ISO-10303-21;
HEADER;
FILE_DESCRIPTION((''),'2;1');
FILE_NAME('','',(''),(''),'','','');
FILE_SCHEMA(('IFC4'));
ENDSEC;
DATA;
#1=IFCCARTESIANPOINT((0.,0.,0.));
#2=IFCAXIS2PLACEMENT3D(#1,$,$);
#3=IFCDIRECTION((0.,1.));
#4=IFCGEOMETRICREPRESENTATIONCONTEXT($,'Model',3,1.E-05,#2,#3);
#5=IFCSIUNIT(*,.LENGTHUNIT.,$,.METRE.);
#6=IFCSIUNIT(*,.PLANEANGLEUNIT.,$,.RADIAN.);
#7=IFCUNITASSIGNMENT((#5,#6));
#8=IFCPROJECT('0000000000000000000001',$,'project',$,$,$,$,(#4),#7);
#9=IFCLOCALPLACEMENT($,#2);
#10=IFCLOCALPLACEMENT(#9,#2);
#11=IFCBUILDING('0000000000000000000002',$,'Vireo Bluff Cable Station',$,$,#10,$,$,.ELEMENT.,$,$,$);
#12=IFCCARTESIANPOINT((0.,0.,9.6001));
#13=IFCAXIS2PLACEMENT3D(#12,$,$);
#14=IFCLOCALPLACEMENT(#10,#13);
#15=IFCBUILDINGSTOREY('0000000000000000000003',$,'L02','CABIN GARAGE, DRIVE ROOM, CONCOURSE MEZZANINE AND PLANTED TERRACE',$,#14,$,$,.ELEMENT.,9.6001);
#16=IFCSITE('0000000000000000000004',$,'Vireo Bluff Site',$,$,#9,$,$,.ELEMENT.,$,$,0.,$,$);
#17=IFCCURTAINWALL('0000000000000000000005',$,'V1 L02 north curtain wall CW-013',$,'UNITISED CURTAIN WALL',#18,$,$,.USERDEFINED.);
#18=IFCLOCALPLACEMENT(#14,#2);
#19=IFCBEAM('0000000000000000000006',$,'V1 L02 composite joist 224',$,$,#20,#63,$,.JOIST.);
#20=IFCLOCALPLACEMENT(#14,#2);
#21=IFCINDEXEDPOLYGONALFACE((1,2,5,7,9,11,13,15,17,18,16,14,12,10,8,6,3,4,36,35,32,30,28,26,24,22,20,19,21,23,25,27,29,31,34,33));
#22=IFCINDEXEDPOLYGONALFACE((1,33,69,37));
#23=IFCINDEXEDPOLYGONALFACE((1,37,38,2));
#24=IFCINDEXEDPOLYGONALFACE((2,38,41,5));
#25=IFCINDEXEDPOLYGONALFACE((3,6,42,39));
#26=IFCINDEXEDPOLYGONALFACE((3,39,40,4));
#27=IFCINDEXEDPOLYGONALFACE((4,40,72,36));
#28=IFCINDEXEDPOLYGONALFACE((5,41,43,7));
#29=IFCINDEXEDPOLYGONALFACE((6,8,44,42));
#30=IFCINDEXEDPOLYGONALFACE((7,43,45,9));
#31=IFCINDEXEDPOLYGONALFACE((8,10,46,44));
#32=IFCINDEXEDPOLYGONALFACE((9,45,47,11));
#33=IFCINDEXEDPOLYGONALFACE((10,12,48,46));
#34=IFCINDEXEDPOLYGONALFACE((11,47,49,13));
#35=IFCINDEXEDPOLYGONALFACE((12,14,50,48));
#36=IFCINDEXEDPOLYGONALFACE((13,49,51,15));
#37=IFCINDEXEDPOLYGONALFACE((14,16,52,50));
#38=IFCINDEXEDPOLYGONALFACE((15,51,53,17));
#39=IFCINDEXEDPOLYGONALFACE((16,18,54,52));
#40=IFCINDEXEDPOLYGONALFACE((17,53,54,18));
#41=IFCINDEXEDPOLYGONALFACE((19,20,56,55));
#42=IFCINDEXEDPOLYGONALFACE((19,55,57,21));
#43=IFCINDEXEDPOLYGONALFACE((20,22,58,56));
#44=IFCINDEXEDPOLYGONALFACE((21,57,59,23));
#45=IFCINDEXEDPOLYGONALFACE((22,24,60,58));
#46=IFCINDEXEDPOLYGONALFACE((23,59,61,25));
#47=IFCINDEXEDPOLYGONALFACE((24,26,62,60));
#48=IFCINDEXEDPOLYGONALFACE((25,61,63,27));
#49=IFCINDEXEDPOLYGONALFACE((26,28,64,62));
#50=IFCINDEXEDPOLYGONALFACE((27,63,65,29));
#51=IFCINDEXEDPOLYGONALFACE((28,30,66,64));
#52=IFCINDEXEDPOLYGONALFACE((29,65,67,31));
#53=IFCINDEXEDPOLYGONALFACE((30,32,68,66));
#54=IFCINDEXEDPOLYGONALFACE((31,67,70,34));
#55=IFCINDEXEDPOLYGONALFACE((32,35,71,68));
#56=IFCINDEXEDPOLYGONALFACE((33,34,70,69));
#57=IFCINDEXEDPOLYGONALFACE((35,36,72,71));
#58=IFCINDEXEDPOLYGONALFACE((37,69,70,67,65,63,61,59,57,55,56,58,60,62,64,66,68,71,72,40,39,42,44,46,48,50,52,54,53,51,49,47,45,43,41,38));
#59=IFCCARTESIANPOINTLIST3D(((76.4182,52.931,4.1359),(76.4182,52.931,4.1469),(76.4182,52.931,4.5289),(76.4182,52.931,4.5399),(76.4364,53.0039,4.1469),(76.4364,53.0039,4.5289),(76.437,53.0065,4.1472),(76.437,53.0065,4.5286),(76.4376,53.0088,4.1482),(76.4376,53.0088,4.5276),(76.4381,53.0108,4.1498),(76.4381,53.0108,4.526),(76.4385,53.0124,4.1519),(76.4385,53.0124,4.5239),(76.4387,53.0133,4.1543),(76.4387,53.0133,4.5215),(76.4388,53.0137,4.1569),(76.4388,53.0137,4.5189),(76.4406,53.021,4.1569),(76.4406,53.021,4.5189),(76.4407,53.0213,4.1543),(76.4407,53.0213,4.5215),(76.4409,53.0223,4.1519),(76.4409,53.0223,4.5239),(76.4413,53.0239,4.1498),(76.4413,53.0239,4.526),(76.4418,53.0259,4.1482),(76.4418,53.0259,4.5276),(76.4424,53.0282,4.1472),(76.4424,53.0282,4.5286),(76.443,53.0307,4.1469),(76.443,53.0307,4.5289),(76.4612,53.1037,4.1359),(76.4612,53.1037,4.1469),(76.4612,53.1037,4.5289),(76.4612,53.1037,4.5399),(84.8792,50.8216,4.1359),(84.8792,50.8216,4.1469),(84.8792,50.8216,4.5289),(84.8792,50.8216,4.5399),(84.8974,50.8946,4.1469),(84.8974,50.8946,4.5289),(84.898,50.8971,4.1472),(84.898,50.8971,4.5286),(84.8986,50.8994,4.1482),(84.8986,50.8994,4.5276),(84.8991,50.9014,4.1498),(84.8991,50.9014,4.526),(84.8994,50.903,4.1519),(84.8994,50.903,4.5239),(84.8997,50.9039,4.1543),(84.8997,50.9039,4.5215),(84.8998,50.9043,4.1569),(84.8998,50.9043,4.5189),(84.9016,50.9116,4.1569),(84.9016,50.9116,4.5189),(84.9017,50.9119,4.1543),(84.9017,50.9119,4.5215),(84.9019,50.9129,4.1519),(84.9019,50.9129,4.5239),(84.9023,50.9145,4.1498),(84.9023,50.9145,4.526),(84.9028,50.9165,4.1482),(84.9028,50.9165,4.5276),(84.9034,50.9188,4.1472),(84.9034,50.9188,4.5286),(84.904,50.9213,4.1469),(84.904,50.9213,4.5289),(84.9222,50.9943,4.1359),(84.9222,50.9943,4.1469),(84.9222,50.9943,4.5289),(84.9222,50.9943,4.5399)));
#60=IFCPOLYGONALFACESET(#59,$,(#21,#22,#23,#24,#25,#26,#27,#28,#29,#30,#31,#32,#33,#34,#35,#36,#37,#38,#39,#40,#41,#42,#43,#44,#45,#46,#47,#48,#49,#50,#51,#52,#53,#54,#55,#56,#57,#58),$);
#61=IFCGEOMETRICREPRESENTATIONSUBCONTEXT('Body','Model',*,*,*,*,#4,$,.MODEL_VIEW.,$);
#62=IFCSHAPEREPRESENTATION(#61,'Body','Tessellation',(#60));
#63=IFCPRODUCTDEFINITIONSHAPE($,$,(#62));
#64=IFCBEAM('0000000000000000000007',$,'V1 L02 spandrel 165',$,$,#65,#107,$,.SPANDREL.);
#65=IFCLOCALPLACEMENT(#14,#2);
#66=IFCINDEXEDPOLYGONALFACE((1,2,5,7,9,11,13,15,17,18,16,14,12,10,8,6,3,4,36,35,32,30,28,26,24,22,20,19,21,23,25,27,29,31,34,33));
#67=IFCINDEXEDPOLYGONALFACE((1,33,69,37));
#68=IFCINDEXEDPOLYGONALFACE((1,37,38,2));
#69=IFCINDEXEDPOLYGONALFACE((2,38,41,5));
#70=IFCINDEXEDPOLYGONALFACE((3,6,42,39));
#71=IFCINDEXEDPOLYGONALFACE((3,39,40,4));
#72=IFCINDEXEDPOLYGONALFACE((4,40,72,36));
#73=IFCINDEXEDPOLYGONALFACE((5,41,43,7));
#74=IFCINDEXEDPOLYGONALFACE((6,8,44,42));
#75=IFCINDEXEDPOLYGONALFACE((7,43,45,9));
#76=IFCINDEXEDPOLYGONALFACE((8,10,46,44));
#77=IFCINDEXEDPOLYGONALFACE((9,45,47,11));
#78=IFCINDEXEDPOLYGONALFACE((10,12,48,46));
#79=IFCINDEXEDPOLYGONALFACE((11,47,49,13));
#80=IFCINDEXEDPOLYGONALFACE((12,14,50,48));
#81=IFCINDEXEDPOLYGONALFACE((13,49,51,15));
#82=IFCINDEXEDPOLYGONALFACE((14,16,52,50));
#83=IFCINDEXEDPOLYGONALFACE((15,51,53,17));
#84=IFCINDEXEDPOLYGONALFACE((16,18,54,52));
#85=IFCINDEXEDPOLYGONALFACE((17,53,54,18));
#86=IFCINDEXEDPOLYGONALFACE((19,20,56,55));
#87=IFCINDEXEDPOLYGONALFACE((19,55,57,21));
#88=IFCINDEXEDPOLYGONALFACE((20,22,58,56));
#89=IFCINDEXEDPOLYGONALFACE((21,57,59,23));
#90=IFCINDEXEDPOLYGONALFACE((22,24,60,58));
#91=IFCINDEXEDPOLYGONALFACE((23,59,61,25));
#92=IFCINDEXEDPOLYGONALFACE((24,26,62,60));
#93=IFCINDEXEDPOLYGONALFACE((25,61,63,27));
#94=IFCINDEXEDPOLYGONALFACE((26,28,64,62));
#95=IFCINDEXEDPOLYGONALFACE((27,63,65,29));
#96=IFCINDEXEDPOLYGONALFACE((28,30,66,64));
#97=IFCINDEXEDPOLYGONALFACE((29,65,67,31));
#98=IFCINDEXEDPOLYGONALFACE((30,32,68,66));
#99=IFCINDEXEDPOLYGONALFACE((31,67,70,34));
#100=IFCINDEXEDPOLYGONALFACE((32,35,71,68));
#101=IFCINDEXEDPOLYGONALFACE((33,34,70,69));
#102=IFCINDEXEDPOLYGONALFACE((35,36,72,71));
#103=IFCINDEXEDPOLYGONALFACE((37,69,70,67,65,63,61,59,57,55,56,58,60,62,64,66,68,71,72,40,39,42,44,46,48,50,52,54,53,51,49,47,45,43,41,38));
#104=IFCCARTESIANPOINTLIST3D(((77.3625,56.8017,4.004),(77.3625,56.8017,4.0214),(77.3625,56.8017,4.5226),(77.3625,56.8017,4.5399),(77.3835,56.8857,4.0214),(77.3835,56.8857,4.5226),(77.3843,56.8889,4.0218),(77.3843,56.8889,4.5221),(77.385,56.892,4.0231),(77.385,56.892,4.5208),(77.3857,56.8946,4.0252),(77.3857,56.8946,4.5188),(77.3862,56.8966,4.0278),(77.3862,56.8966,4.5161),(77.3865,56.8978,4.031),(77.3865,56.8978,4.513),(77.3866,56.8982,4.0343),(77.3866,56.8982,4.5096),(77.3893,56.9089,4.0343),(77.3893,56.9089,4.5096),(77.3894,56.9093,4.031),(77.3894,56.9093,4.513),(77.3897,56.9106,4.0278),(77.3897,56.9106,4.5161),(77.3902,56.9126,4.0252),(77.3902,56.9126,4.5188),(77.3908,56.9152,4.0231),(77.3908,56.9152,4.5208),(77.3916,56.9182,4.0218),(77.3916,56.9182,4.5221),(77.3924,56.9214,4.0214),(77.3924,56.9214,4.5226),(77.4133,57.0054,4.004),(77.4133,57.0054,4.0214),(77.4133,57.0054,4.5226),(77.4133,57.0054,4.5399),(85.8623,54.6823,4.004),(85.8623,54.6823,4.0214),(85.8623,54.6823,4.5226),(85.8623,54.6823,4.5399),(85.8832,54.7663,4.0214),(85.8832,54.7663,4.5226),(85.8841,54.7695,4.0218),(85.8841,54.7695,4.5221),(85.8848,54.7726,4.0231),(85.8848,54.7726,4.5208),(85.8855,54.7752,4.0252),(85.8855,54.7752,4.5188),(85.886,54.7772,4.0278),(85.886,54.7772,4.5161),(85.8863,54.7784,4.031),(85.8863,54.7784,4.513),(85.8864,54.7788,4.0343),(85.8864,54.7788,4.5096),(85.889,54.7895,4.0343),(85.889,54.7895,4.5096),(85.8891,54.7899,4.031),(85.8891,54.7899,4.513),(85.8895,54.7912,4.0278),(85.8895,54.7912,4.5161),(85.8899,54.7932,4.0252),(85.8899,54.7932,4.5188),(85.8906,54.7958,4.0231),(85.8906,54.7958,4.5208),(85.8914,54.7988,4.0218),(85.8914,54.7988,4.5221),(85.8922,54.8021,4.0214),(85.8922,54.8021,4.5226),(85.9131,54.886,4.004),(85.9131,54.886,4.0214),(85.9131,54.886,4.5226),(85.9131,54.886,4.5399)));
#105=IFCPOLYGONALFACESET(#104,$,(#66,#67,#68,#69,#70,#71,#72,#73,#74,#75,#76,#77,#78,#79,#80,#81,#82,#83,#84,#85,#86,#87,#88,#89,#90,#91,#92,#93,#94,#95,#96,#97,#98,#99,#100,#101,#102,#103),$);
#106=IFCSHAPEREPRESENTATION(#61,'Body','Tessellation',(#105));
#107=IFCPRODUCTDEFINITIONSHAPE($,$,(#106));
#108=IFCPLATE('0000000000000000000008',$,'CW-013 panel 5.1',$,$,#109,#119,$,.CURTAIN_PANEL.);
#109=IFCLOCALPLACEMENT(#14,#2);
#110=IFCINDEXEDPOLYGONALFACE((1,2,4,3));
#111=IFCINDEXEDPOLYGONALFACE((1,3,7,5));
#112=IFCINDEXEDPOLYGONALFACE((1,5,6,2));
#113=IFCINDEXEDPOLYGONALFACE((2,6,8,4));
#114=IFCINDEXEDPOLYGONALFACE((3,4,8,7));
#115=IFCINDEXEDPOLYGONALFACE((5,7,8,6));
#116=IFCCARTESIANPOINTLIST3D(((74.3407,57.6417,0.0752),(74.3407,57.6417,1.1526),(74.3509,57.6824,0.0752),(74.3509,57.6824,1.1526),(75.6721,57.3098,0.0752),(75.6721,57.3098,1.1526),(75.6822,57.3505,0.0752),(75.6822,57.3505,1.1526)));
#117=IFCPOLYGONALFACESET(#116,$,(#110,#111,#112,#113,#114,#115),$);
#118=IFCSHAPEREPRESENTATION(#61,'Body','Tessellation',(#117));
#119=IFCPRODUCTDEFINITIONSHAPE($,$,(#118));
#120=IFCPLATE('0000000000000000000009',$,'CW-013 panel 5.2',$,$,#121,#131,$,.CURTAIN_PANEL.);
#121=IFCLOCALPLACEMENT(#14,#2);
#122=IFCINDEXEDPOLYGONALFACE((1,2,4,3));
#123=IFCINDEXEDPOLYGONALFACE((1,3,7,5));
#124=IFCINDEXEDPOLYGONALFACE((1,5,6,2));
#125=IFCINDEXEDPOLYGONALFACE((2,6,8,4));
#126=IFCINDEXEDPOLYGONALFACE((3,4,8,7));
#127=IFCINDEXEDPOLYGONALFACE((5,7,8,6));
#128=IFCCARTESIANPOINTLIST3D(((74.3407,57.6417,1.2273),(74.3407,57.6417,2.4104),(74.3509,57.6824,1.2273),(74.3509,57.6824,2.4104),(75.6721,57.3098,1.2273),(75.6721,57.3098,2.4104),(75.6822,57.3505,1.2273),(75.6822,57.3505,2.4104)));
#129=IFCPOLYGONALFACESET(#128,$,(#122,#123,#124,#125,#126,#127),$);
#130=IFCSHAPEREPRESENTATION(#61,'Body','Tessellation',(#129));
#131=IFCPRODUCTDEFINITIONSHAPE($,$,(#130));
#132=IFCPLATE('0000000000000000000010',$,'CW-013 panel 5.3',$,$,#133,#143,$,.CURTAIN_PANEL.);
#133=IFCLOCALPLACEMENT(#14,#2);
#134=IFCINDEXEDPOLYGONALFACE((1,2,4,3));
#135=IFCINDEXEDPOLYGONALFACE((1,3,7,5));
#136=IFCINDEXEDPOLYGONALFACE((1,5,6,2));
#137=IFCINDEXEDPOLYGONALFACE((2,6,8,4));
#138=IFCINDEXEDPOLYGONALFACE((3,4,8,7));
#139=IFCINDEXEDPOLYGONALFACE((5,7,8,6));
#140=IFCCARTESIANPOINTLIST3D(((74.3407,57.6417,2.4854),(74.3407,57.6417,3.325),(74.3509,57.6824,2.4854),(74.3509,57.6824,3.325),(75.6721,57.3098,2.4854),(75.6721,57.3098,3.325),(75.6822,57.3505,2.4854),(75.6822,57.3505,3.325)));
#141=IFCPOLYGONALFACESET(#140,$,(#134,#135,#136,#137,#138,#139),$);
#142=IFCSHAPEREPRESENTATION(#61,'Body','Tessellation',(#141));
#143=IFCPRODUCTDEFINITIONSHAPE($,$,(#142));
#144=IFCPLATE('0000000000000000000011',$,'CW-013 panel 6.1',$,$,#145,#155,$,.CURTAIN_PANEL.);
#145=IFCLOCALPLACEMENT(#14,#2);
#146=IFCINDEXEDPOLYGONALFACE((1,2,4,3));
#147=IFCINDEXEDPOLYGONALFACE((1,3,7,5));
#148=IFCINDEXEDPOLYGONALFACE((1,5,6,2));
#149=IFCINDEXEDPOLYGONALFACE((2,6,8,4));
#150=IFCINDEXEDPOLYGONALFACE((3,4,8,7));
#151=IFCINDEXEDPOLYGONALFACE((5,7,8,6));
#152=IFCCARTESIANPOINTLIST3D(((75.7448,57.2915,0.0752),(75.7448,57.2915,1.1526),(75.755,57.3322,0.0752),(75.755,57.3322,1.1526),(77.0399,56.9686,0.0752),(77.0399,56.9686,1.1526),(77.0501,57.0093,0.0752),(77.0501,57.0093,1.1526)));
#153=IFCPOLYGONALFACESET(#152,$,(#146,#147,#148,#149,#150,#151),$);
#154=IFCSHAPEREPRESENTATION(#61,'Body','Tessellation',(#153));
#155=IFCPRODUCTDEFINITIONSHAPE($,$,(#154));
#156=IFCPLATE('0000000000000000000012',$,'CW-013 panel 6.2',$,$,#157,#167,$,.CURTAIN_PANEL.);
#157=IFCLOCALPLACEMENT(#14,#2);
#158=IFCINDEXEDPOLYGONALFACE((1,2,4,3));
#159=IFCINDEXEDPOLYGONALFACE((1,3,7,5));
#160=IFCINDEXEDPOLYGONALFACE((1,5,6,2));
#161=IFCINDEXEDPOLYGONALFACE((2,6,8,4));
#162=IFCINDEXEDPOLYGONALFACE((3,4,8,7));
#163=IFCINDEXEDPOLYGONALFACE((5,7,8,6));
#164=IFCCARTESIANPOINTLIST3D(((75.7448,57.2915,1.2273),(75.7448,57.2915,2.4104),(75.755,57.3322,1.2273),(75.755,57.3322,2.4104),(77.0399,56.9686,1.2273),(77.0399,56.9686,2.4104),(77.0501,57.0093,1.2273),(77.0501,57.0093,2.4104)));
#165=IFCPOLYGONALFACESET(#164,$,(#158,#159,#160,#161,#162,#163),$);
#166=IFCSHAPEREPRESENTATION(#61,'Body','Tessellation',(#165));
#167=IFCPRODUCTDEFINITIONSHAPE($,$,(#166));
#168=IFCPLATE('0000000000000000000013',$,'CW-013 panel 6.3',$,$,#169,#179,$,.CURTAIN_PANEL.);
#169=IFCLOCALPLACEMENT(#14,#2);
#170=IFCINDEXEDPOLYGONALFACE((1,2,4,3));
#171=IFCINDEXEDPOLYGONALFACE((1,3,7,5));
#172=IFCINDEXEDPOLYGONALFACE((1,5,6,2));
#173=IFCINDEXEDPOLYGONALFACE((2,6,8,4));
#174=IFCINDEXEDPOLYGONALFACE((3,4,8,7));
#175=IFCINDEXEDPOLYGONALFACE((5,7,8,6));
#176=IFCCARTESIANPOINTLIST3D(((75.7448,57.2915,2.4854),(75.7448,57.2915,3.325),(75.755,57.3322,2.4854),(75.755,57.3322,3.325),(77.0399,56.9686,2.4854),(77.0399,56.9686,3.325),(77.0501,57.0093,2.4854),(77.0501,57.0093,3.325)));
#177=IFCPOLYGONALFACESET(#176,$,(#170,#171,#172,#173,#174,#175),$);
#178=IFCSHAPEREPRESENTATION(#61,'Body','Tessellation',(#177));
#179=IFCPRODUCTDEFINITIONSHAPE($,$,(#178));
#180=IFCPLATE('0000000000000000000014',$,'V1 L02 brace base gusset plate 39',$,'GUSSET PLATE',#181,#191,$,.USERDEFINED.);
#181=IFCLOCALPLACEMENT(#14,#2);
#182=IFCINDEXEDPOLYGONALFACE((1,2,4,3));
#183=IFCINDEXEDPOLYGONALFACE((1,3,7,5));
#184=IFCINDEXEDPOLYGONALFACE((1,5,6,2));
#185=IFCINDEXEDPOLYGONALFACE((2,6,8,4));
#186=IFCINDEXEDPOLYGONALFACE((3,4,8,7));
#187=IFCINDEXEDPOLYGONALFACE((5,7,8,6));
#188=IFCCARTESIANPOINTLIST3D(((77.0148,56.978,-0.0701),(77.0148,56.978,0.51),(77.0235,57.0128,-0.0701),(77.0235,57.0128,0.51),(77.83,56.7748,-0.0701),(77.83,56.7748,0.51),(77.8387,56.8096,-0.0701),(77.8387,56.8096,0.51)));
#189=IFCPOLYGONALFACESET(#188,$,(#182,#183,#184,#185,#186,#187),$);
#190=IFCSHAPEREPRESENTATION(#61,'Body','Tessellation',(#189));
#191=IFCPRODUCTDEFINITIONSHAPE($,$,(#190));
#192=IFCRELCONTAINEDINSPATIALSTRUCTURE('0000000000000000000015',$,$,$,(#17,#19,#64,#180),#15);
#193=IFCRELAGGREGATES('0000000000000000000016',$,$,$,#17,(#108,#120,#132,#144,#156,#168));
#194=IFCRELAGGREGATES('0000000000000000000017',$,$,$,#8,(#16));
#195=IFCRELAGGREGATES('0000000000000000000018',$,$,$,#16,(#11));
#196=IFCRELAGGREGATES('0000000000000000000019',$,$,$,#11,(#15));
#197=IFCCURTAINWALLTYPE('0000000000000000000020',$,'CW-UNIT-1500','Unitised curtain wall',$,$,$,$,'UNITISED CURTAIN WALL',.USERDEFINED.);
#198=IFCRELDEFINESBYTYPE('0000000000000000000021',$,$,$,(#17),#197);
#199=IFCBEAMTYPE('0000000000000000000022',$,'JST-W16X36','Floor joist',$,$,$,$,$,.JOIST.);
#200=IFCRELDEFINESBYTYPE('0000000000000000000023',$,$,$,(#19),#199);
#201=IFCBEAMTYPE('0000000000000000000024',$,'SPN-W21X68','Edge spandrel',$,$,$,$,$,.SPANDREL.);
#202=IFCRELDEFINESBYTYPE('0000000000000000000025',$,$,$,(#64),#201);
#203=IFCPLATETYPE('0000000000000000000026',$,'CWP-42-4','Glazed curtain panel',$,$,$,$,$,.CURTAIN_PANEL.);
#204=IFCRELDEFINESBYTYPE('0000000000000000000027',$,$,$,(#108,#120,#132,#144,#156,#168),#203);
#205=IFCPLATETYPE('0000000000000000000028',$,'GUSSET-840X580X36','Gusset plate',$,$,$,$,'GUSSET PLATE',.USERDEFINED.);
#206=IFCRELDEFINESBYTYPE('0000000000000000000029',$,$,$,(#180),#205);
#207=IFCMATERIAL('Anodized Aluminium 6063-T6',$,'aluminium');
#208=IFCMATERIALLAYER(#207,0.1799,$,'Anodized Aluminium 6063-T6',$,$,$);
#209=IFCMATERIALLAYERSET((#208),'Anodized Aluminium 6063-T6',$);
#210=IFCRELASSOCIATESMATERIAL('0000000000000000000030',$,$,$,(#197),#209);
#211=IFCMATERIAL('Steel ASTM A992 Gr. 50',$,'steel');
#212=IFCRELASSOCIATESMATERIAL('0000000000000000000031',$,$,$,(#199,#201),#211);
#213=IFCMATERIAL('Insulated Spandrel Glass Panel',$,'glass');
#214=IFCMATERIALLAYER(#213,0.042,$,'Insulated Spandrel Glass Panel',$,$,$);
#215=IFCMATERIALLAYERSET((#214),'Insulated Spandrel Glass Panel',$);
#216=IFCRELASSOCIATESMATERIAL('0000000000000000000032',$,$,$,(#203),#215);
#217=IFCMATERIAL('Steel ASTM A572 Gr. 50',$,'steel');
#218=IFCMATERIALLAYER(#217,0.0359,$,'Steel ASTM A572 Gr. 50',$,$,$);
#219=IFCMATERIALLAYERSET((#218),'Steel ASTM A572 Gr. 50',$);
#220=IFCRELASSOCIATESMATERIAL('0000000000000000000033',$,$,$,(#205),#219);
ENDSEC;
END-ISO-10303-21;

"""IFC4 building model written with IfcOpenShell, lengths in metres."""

from ifc_helpers import new_model, si_unit, direction, frame, origin, origin_2d, place, context, subcontext, project, spatial, rectangle, i_section, extrude, material, layer, layer_set, material_profile, profile_set, type_object, element, aggregate, save


model = new_model("IFC4")

# Units and contexts
model_context = context("Model", 3, precision=1e-05, world=origin(), true_north=direction((0.0, 1.0)))
body_context = subcontext(model_context, "Body", "Model", "MODEL_VIEW")
ifc_project = project(units=[si_unit("LENGTHUNIT", "METRE"), si_unit("PLANEANGLEUNIT", "RADIAN")], contexts=[model_context])

# Site, building, storey
site_placement = place(None, origin())
site = spatial("IfcSite", under=ifc_project, at=site_placement, Name="Vireo Bluff Site", CompositionType="ELEMENT", RefElevation=0.0)
building_placement = place(site_placement, origin())
building = spatial("IfcBuilding", under=site, at=building_placement, Name="Vireo Bluff Cable Station", CompositionType="ELEMENT")
storey_placement = place(building_placement, frame((0.0, 0.0, 9.6001)))
storey = spatial("IfcBuildingStorey", under=building, at=storey_placement, Name="L02", Description="CABIN GARAGE, DRIVE ROOM, CONCOURSE MEZZANINE AND PLANTED TERRACE", CompositionType="ELEMENT", Elevation=9.6001)

# Shared definitions
ifc_material_1 = material(Name="Steel ASTM A992 Gr. 50", Category="steel")

# Curtain wall
ifc_material_2 = material(Name="Anodized Aluminium 6063-T6", Category="aluminium")
ifc_layer_1 = layer(ifc_material_2, 0.1799, Name="Anodized Aluminium 6063-T6")
ifc_layer_set_1 = layer_set([ifc_layer_1], Name="Anodized Aluminium 6063-T6")
curtain_wall_type = type_object("IfcCurtainWallType", Name="CW-UNIT-1500", Description="Unitised curtain wall", ElementType="UNITISED CURTAIN WALL", PredefinedType="USERDEFINED", material=ifc_layer_set_1)
curtain_wall_placement = place(storey_placement, origin())
curtain_wall = element("IfcCurtainWall", 1, at=curtain_wall_placement, inside=storey, type_object=curtain_wall_type, Name="V1 L02 north curtain wall CW-013", ObjectType="UNITISED CURTAIN WALL", PredefinedType="USERDEFINED")

# Beams
ifc_material_profile_1 = material_profile(ifc_material_1, i_section(OverallWidth=0.178, OverallDepth=0.4041, WebThickness=0.0076, FlangeThickness=0.011, FilletRadius=0.01, at=origin_2d()), Name="W16X36")
ifc_profile_set_1 = profile_set([ifc_material_profile_1], Name="Steel ASTM A992 Gr. 50")
beam_type_1 = type_object("IfcBeamType", Name="JST-W16X36", Description="Floor joist", PredefinedType="JOIST", material=ifc_profile_set_1)
beam_1_placement = place(storey_placement, frame((76.4397, 53.0173, 4.3379), z_axis=(0.9703, -0.241903, 0.0), x_axis=(0.241903, 0.9703, 0.0)))
element("IfcBeam", 2, at=beam_1_placement, inside=storey, type_object=beam_type_1, Name="V1 L02 composite joist 224", PredefinedType="JOIST", context=body_context, shape_type="SweptSolid", body=[
    extrude(i_section(OverallWidth=0.178, OverallDepth=0.4041, WebThickness=0.0076, FlangeThickness=0.011, FilletRadius=0.01, at=origin_2d()), origin(), (0.0, 0.0, 1.0), 8.72),
])
ifc_material_profile_2 = material_profile(ifc_material_1, i_section(OverallWidth=0.21, OverallDepth=0.5359, WebThickness=0.011, FlangeThickness=0.0173, FilletRadius=0.0129, at=origin_2d()), Name="W21X68")
ifc_profile_set_2 = profile_set([ifc_material_profile_2], Name="Steel ASTM A992 Gr. 50")
beam_type_2 = type_object("IfcBeamType", Name="SPN-W21X68", Description="Edge spandrel", PredefinedType="SPANDREL", material=ifc_profile_set_2)
beam_2_placement = place(storey_placement, frame((77.3879, 56.9036, 4.272), z_axis=(0.970292, -0.241939, 0.0), x_axis=(0.241939, 0.970292, 0.0)))
element("IfcBeam", 3, at=beam_2_placement, inside=storey, type_object=beam_type_2, Name="V1 L02 spandrel 165", PredefinedType="SPANDREL", context=body_context, shape_type="SweptSolid", body=[
    extrude(i_section(OverallWidth=0.21, OverallDepth=0.5359, WebThickness=0.011, FlangeThickness=0.0173, FilletRadius=0.0129, at=origin_2d()), origin(), (0.0, 0.0, 1.0), 8.76),
])

# Plates
ifc_material_3 = material(Name="Insulated Spandrel Glass Panel", Category="glass")
ifc_layer_2 = layer(ifc_material_3, 0.042, Name="Insulated Spandrel Glass Panel")
ifc_layer_set_2 = layer_set([ifc_layer_2], Name="Insulated Spandrel Glass Panel")
plate_type_1 = type_object("IfcPlateType", Name="CWP-42-4", Description="Glazed curtain panel", PredefinedType="CURTAIN_PANEL", material=ifc_layer_set_2)
plate_1_placement = place(storey_placement, frame((75.0115, 57.4961, 0.0752), z_axis=(0.0, 0.0, 1.0), x_axis=(0.970296, -0.241922, 0.0)))
plate_1 = element("IfcPlate", 4, at=plate_1_placement, type_object=plate_type_1, Name="CW-013 panel 5.1", PredefinedType="CURTAIN_PANEL", context=body_context, shape_type="SweptSolid", body=[
    extrude(rectangle(XDim=1.3721, YDim=0.042, at=origin_2d()), origin(), (0.0, 0.0, 1.0), 1.0774),
])
plate_2_placement = place(storey_placement, frame((75.0115, 57.4961, 1.2273), z_axis=(0.0, 0.0, 1.0), x_axis=(0.970296, -0.241922, 0.0)))
plate_2 = element("IfcPlate", 5, at=plate_2_placement, type_object=plate_type_1, Name="CW-013 panel 5.2", PredefinedType="CURTAIN_PANEL", context=body_context, shape_type="SweptSolid", body=[
    extrude(rectangle(XDim=1.3721, YDim=0.042, at=origin_2d()), origin(), (0.0, 0.0, 1.0), 1.1831),
])
plate_3_placement = place(storey_placement, frame((75.0115, 57.4961, 2.4854), z_axis=(0.0, 0.0, 1.0), x_axis=(0.970296, -0.241922, 0.0)))
plate_3 = element("IfcPlate", 6, at=plate_3_placement, type_object=plate_type_1, Name="CW-013 panel 5.3", PredefinedType="CURTAIN_PANEL", context=body_context, shape_type="SweptSolid", body=[
    extrude(rectangle(XDim=1.3721, YDim=0.042, at=origin_2d()), origin(), (0.0, 0.0, 1.0), 0.8396),
])
plate_4_placement = place(storey_placement, frame((76.3975, 57.1504, 0.0752), z_axis=(0.0, 0.0, 1.0), x_axis=(0.970296, -0.241922, 0.0)))
plate_4 = element("IfcPlate", 7, at=plate_4_placement, type_object=plate_type_1, Name="CW-013 panel 6.1", PredefinedType="CURTAIN_PANEL", context=body_context, shape_type="SweptSolid", body=[
    extrude(rectangle(XDim=1.3347, YDim=0.042, at=origin_2d()), origin(), (0.0, 0.0, 1.0), 1.0774),
])
plate_5_placement = place(storey_placement, frame((76.3975, 57.1504, 1.2273), z_axis=(0.0, 0.0, 1.0), x_axis=(0.970296, -0.241922, 0.0)))
plate_5 = element("IfcPlate", 8, at=plate_5_placement, type_object=plate_type_1, Name="CW-013 panel 6.2", PredefinedType="CURTAIN_PANEL", context=body_context, shape_type="SweptSolid", body=[
    extrude(rectangle(XDim=1.3347, YDim=0.042, at=origin_2d()), origin(), (0.0, 0.0, 1.0), 1.1831),
])
plate_6_placement = place(storey_placement, frame((76.3975, 57.1504, 2.4854), z_axis=(0.0, 0.0, 1.0), x_axis=(0.970296, -0.241922, 0.0)))
plate_6 = element("IfcPlate", 9, at=plate_6_placement, type_object=plate_type_1, Name="CW-013 panel 6.3", PredefinedType="CURTAIN_PANEL", context=body_context, shape_type="SweptSolid", body=[
    extrude(rectangle(XDim=1.3347, YDim=0.042, at=origin_2d()), origin(), (0.0, 0.0, 1.0), 0.8396),
])
aggregate(curtain_wall, [plate_1, plate_2, plate_3, plate_4, plate_5, plate_6])
ifc_material_4 = material(Name="Steel ASTM A572 Gr. 50", Category="steel")
ifc_layer_3 = layer(ifc_material_4, 0.0359, Name="Steel ASTM A572 Gr. 50")
ifc_layer_set_3 = layer_set([ifc_layer_3], Name="Steel ASTM A572 Gr. 50")
plate_type_2 = type_object("IfcPlateType", Name="GUSSET-840X580X36", Description="Gusset plate", ElementType="GUSSET PLATE", PredefinedType="USERDEFINED", material=ifc_layer_set_3)
plate_7_placement = place(storey_placement, frame((77.4268, 56.8938, -0.0701), z_axis=(0.0, 0.0, 1.0), x_axis=(0.970296, -0.241922, 0.0)))
element("IfcPlate", 10, at=plate_7_placement, inside=storey, type_object=plate_type_2, Name="V1 L02 brace base gusset plate 39", ObjectType="GUSSET PLATE", PredefinedType="USERDEFINED", context=body_context, shape_type="SweptSolid", body=[
    extrude(rectangle(XDim=0.8401, YDim=0.0359, at=origin_2d()), origin(), (0.0, 0.0, 1.0), 0.5801),
])

save(model, "model.ifc")
